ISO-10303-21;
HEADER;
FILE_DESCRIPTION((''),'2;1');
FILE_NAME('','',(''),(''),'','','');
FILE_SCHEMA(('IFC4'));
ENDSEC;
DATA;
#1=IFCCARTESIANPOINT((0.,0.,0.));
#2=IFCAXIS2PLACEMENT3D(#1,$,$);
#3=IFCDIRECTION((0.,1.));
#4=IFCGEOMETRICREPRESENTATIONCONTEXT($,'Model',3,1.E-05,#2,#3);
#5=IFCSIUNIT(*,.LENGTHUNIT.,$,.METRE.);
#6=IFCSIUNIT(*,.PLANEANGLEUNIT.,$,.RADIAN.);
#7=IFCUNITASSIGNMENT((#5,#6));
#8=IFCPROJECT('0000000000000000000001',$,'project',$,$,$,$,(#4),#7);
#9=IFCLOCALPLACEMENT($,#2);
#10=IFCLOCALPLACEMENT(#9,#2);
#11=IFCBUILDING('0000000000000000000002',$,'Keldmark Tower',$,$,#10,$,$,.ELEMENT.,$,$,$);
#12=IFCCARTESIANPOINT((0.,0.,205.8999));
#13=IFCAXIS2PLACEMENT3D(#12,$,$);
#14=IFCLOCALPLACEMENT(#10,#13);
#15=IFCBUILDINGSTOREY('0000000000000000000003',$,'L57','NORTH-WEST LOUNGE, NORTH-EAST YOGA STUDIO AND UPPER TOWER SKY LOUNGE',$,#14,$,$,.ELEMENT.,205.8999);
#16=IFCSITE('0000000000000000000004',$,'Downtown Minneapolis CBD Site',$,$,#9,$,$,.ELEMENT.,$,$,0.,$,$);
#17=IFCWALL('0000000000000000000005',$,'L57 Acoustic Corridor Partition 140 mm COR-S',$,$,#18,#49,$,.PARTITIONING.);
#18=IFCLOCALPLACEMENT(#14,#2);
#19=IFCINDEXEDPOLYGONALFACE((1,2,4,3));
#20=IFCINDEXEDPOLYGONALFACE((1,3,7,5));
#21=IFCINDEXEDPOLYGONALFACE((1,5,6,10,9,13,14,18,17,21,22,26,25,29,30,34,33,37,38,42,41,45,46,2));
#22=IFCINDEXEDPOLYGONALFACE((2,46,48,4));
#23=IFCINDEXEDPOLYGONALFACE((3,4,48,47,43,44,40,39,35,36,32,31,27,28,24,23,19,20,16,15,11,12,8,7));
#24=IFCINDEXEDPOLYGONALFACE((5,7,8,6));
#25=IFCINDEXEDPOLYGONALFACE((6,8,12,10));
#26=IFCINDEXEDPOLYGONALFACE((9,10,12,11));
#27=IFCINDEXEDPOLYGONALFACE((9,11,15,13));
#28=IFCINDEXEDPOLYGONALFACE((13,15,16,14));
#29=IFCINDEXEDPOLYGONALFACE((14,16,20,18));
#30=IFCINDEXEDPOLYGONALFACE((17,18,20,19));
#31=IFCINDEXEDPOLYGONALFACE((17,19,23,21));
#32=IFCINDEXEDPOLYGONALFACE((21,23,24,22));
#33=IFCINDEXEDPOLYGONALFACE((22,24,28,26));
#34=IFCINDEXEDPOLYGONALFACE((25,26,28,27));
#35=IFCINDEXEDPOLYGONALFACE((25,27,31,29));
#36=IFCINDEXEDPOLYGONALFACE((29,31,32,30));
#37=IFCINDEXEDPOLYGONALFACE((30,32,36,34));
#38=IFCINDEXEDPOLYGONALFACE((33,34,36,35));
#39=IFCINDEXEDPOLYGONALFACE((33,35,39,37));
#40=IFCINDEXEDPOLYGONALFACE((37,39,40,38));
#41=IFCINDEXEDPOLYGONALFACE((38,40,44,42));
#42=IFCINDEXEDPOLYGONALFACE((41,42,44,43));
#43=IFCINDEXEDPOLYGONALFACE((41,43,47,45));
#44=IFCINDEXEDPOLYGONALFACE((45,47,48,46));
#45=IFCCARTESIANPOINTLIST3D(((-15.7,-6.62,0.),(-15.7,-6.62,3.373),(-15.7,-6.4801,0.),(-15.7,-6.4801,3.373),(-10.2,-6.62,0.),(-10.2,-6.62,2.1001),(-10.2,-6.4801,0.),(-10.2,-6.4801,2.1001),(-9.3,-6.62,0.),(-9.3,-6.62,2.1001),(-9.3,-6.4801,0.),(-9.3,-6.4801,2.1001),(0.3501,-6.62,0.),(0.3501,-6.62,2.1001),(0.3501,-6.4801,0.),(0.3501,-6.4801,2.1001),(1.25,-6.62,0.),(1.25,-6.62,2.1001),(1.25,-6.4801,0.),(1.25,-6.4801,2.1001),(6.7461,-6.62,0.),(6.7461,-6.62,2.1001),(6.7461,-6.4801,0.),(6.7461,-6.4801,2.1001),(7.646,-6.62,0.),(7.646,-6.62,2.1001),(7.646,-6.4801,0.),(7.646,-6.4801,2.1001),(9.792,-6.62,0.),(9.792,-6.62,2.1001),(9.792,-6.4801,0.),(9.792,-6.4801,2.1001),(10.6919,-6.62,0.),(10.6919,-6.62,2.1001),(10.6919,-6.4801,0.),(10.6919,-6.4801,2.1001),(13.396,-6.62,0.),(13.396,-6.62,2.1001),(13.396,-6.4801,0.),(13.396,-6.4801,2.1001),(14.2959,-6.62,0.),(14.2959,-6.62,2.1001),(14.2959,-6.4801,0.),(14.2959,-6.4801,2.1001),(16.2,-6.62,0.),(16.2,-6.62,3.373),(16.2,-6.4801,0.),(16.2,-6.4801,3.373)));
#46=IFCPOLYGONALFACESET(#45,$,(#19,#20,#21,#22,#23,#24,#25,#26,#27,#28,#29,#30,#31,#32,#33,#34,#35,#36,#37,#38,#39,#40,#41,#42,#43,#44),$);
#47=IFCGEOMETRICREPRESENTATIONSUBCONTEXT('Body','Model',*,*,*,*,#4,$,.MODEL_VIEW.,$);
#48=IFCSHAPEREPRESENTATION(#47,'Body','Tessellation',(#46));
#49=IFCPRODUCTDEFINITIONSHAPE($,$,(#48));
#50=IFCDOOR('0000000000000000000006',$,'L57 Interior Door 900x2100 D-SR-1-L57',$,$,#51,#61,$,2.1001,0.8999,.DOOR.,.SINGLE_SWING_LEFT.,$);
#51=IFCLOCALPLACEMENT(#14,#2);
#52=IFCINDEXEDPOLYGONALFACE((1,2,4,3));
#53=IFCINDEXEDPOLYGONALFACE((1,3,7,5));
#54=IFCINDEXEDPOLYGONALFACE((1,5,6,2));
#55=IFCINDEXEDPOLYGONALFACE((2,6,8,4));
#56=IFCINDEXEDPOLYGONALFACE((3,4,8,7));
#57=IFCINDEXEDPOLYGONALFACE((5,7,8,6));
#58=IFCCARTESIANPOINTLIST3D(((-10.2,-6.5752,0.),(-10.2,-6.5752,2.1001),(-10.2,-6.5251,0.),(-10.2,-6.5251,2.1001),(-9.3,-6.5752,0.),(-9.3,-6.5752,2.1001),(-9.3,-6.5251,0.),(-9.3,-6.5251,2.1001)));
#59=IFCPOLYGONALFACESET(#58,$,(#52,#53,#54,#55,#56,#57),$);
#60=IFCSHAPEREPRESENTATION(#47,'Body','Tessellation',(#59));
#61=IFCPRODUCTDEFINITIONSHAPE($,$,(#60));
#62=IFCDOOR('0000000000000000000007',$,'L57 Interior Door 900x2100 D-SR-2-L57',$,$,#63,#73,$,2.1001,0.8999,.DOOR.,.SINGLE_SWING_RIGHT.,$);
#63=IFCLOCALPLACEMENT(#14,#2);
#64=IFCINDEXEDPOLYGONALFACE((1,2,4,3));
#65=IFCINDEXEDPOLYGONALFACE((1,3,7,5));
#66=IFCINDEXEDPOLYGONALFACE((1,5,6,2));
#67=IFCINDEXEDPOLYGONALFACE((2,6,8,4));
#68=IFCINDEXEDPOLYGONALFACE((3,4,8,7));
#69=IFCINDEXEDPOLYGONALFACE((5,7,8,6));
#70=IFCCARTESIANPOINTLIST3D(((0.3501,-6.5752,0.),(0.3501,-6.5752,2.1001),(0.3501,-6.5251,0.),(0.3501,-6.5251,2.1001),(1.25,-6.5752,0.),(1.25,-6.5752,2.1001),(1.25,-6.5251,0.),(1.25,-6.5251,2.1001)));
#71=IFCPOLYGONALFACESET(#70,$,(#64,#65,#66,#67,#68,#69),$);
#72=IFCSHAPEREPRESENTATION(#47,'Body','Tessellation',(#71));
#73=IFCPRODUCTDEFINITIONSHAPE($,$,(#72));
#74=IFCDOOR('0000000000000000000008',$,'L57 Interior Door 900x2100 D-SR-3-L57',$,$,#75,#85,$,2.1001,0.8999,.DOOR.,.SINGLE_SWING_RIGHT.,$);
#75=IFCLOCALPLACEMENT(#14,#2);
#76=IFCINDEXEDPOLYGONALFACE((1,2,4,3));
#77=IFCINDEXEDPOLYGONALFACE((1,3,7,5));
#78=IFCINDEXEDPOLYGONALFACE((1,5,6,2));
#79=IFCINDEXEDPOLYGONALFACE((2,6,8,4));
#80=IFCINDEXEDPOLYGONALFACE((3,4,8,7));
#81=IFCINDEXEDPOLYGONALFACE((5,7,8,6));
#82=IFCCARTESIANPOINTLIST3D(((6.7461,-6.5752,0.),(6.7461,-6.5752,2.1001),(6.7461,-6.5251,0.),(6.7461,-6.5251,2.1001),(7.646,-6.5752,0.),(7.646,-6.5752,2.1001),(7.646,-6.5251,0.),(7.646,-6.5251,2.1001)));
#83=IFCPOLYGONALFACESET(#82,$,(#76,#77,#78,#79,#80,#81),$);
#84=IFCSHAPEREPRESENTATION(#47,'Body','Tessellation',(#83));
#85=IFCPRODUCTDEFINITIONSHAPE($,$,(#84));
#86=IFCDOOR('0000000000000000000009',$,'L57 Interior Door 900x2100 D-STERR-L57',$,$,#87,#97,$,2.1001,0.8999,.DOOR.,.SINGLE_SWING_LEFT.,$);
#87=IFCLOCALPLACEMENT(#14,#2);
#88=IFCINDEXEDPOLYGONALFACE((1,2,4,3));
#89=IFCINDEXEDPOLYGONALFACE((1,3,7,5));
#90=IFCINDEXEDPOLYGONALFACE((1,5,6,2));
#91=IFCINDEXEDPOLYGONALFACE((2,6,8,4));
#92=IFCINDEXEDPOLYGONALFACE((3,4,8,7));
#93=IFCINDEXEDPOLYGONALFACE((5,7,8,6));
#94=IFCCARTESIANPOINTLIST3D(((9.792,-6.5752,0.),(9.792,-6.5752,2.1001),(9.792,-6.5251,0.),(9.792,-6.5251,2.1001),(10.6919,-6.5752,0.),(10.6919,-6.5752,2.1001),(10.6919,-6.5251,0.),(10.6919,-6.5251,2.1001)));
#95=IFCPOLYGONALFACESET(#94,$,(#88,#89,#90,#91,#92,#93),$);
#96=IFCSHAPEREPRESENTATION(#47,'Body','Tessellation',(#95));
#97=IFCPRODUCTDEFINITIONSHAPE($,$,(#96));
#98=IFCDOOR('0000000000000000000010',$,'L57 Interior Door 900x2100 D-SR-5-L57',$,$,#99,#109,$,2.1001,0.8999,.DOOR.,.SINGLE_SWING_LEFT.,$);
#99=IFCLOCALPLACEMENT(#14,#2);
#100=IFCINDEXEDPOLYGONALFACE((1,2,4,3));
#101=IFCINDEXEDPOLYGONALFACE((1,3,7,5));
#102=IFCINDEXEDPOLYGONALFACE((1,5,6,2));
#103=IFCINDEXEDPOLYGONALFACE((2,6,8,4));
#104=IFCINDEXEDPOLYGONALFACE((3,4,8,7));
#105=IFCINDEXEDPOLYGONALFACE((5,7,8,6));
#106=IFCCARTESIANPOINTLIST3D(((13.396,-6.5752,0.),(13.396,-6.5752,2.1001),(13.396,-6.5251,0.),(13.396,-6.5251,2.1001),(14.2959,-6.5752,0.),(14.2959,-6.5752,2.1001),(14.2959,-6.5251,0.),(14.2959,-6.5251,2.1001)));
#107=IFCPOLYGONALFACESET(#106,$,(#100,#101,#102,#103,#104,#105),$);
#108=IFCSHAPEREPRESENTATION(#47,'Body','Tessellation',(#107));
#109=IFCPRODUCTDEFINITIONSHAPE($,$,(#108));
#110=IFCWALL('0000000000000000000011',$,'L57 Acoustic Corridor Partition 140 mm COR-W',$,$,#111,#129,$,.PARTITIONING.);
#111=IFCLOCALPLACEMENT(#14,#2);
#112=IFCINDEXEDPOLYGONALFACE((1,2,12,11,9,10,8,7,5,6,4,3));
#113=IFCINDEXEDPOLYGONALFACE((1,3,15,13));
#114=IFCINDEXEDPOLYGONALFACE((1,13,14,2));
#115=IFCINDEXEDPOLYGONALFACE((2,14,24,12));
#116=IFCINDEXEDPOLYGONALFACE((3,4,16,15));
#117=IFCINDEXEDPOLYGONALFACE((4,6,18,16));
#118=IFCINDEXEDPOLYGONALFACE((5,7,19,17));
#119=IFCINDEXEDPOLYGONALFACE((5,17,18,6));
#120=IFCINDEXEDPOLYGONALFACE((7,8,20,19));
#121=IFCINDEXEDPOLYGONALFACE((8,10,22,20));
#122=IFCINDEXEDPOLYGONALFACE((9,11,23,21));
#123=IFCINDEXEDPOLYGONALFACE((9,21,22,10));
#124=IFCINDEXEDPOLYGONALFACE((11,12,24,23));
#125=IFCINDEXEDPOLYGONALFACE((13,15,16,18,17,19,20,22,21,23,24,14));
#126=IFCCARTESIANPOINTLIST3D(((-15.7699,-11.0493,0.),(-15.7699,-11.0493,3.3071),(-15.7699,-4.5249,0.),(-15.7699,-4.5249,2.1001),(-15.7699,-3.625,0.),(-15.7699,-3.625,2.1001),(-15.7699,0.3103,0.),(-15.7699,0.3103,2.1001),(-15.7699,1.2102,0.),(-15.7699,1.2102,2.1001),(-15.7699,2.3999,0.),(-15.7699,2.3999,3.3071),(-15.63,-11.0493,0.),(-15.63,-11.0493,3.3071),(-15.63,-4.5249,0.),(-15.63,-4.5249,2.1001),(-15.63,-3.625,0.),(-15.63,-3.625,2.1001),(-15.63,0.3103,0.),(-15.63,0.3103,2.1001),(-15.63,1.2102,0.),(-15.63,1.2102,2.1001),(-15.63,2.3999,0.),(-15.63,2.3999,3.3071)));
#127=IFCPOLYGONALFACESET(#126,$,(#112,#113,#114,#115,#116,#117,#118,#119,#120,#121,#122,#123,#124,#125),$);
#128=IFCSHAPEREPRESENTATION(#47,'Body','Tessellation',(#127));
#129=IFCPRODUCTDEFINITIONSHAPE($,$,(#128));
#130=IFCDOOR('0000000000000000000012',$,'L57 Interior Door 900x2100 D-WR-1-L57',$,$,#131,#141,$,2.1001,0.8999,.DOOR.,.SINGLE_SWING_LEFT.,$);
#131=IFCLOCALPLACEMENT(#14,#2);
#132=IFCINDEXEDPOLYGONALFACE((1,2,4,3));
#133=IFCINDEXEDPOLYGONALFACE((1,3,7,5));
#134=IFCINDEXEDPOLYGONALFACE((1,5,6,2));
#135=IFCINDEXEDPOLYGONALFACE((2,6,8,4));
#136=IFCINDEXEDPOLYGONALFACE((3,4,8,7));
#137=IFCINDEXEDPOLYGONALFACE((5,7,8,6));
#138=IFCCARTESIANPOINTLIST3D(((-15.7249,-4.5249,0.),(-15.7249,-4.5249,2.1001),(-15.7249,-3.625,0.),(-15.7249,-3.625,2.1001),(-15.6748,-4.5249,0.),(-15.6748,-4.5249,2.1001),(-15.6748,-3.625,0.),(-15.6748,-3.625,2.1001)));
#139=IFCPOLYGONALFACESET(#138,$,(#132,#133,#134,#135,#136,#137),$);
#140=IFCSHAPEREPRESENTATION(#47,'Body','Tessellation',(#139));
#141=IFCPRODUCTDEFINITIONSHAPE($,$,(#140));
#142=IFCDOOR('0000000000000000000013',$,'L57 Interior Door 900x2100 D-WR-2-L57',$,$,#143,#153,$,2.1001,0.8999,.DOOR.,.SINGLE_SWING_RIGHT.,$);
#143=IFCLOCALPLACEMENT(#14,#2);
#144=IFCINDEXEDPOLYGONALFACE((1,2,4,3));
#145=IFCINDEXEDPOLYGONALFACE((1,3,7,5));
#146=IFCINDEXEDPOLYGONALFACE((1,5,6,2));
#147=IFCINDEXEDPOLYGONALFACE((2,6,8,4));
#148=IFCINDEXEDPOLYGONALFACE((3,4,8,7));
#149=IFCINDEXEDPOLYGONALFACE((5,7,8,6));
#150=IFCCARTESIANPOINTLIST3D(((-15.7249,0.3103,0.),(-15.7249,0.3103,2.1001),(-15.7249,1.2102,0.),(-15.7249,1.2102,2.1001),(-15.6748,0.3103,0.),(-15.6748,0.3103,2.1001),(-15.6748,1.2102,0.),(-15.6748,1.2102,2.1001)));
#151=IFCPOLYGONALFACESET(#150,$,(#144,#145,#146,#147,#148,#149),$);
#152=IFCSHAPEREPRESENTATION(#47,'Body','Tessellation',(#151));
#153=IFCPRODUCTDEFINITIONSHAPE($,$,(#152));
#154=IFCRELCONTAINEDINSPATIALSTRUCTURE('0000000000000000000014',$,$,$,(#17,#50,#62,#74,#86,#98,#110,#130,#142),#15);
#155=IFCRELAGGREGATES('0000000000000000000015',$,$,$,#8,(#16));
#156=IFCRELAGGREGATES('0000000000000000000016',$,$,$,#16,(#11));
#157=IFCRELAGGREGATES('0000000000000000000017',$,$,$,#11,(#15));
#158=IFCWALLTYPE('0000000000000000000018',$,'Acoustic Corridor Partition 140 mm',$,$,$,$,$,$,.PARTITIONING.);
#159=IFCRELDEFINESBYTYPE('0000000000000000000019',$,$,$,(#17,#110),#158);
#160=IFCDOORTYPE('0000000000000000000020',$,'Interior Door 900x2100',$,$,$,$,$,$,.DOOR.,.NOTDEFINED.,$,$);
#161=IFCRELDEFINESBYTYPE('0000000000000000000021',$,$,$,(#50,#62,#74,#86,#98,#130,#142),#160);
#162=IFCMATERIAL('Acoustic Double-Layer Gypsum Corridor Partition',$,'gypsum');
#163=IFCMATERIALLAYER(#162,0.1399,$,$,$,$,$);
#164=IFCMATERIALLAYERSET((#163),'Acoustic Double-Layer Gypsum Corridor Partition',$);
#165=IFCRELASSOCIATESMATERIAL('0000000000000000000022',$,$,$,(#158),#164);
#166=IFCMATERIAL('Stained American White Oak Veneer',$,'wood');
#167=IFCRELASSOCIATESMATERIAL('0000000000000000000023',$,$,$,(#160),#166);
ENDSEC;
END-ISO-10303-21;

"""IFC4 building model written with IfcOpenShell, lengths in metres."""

from ifc_helpers import new_model, si_unit, direction, frame, frame_2d, origin, place, context, subcontext, project, spatial, rectangle, extrude, material, layer, layer_set, type_object, element, fill, save


model = new_model("IFC4")

# Units and contexts
model_context = context("Model", 3, precision=1e-05, world=origin(), true_north=direction((0.0, 1.0)))
body_context = subcontext(model_context, "Body", "Model", "MODEL_VIEW")
ifc_project = project(units=[si_unit("LENGTHUNIT", "METRE"), si_unit("PLANEANGLEUNIT", "RADIAN")], contexts=[model_context])

# Site, building, storey
site_placement = place(None, origin())
site = spatial("IfcSite", under=ifc_project, at=site_placement, Name="Downtown Minneapolis CBD Site", CompositionType="ELEMENT", RefElevation=0.0)
building_placement = place(site_placement, origin())
building = spatial("IfcBuilding", under=site, at=building_placement, Name="Keldmark Tower", CompositionType="ELEMENT")
storey_placement = place(building_placement, frame((0.0, 0.0, 205.8999)))
storey = spatial("IfcBuildingStorey", under=building, at=storey_placement, Name="L57", Description="NORTH-WEST LOUNGE, NORTH-EAST YOGA STUDIO AND UPPER TOWER SKY LOUNGE", CompositionType="ELEMENT", Elevation=205.8999)

# Walls, openings, doors
ifc_material_1 = material(Name="Acoustic Double-Layer Gypsum Corridor Partition", Category="gypsum")
ifc_layer_1 = layer(ifc_material_1, 0.1399)
ifc_layer_set_1 = layer_set([ifc_layer_1], Name="Acoustic Double-Layer Gypsum Corridor Partition")
wall_type_1 = type_object("IfcWallType", Name="Acoustic Corridor Partition 140 mm", PredefinedType="PARTITIONING", material=ifc_layer_set_1)
wall_1_placement = place(storey_placement, frame((-15.7, -6.55, 0.0), z_axis=(0.0, 0.0, 1.0), x_axis=(1.0, 0.0, 0.0)))
wall_1 = element("IfcWall", 1, at=wall_1_placement, inside=storey, type_object=wall_type_1, Name="L57 Acoustic Corridor Partition 140 mm COR-S", PredefinedType="PARTITIONING", context=body_context, shape_type="SweptSolid", body=[
    extrude(rectangle(XDim=31.8999, YDim=0.1399, at=frame_2d((15.95, 0.0))), origin(), (0.0, 0.0, 1.0), 3.373),
])
opening_1_placement = place(wall_1_placement, frame((5.5, 0.0, 0.0)))
opening_1 = element("IfcOpeningElement", 2, at=opening_1_placement, cuts=wall_1, PredefinedType="OPENING", context=body_context, shape_type="SweptSolid", body=[
    extrude(rectangle(XDim=0.8999, YDim=2.1001, at=frame_2d((0.45, 1.05))), frame((0.0, 0.0798, 0.0), z_axis=(0.0, -1.0, 0.0), x_axis=(1.0, 0.0, 0.0)), (0.0, 0.0, 1.0), 0.1599),
])
opening_2_placement = place(wall_1_placement, frame((16.05, 0.0, 0.0)))
opening_2 = element("IfcOpeningElement", 3, at=opening_2_placement, cuts=wall_1, PredefinedType="OPENING", context=body_context, shape_type="SweptSolid", body=[
    extrude(rectangle(XDim=0.8999, YDim=2.1001, at=frame_2d((0.45, 1.05))), frame((0.0, 0.0798, 0.0), z_axis=(0.0, -1.0, 0.0), x_axis=(1.0, 0.0, 0.0)), (0.0, 0.0, 1.0), 0.1599),
])
opening_3_placement = place(wall_1_placement, frame((22.446, 0.0, 0.0)))
opening_3 = element("IfcOpeningElement", 4, at=opening_3_placement, cuts=wall_1, PredefinedType="OPENING", context=body_context, shape_type="SweptSolid", body=[
    extrude(rectangle(XDim=0.8999, YDim=2.1001, at=frame_2d((0.45, 1.05))), frame((0.0, 0.0798, 0.0), z_axis=(0.0, -1.0, 0.0), x_axis=(1.0, 0.0, 0.0)), (0.0, 0.0, 1.0), 0.1599),
])
opening_4_placement = place(wall_1_placement, frame((25.4919, 0.0, 0.0)))
opening_4 = element("IfcOpeningElement", 5, at=opening_4_placement, cuts=wall_1, PredefinedType="OPENING", context=body_context, shape_type="SweptSolid", body=[
    extrude(rectangle(XDim=0.8999, YDim=2.1001, at=frame_2d((0.45, 1.05))), frame((0.0, 0.0798, 0.0), z_axis=(0.0, -1.0, 0.0), x_axis=(1.0, 0.0, 0.0)), (0.0, 0.0, 1.0), 0.1599),
])
opening_5_placement = place(wall_1_placement, frame((29.0959, 0.0, 0.0)))
opening_5 = element("IfcOpeningElement", 6, at=opening_5_placement, cuts=wall_1, PredefinedType="OPENING", context=body_context, shape_type="SweptSolid", body=[
    extrude(rectangle(XDim=0.8999, YDim=2.1001, at=frame_2d((0.45, 1.05))), frame((0.0, 0.0798, 0.0), z_axis=(0.0, -1.0, 0.0), x_axis=(1.0, 0.0, 0.0)), (0.0, 0.0, 1.0), 0.1599),
])
ifc_material_2 = material(Name="Stained American White Oak Veneer", Category="wood")
door_type = type_object("IfcDoorType", Name="Interior Door 900x2100", OperationType="NOTDEFINED", PredefinedType="DOOR", material=ifc_material_2)
door_1_placement = place(opening_1_placement, origin())
door_1 = element("IfcDoor", 7, at=door_1_placement, inside=storey, type_object=door_type, Name="L57 Interior Door 900x2100 D-SR-1-L57", OperationType="SINGLE_SWING_LEFT", OverallHeight=2.1001, OverallWidth=0.8999, PredefinedType="DOOR", context=body_context, shape_type="SweptSolid", body=[
    extrude(rectangle(XDim=0.8999, YDim=2.1001, at=frame_2d((0.45, 1.05))), frame((0.0, 0.0249, 0.0), z_axis=(0.0, -1.0, 0.0), x_axis=(1.0, 0.0, 0.0)), (0.0, 0.0, 1.0), 0.05),
])
fill(opening_1, door_1)
door_2_placement = place(opening_2_placement, origin())
door_2 = element("IfcDoor", 8, at=door_2_placement, inside=storey, type_object=door_type, Name="L57 Interior Door 900x2100 D-SR-2-L57", OperationType="SINGLE_SWING_RIGHT", OverallHeight=2.1001, OverallWidth=0.8999, PredefinedType="DOOR", context=body_context, shape_type="SweptSolid", body=[
    extrude(rectangle(XDim=0.8999, YDim=2.1001, at=frame_2d((0.45, 1.05))), frame((0.0, 0.0249, 0.0), z_axis=(0.0, -1.0, 0.0), x_axis=(1.0, 0.0, 0.0)), (0.0, 0.0, 1.0), 0.05),
])
fill(opening_2, door_2)
door_3_placement = place(opening_3_placement, origin())
door_3 = element("IfcDoor", 9, at=door_3_placement, inside=storey, type_object=door_type, Name="L57 Interior Door 900x2100 D-SR-3-L57", OperationType="SINGLE_SWING_RIGHT", OverallHeight=2.1001, OverallWidth=0.8999, PredefinedType="DOOR", context=body_context, shape_type="SweptSolid", body=[
    extrude(rectangle(XDim=0.8999, YDim=2.1001, at=frame_2d((0.45, 1.05))), frame((0.0, 0.0249, 0.0), z_axis=(0.0, -1.0, 0.0), x_axis=(1.0, 0.0, 0.0)), (0.0, 0.0, 1.0), 0.05),
])
fill(opening_3, door_3)
door_4_placement = place(opening_4_placement, origin())
door_4 = element("IfcDoor", 10, at=door_4_placement, inside=storey, type_object=door_type, Name="L57 Interior Door 900x2100 D-STERR-L57", OperationType="SINGLE_SWING_LEFT", OverallHeight=2.1001, OverallWidth=0.8999, PredefinedType="DOOR", context=body_context, shape_type="SweptSolid", body=[
    extrude(rectangle(XDim=0.8999, YDim=2.1001, at=frame_2d((0.45, 1.05))), frame((0.0, 0.0249, 0.0), z_axis=(0.0, -1.0, 0.0), x_axis=(1.0, 0.0, 0.0)), (0.0, 0.0, 1.0), 0.05),
])
fill(opening_4, door_4)
door_5_placement = place(opening_5_placement, origin())
door_5 = element("IfcDoor", 11, at=door_5_placement, inside=storey, type_object=door_type, Name="L57 Interior Door 900x2100 D-SR-5-L57", OperationType="SINGLE_SWING_LEFT", OverallHeight=2.1001, OverallWidth=0.8999, PredefinedType="DOOR", context=body_context, shape_type="SweptSolid", body=[
    extrude(rectangle(XDim=0.8999, YDim=2.1001, at=frame_2d((0.45, 1.05))), frame((0.0, 0.0249, 0.0), z_axis=(0.0, -1.0, 0.0), x_axis=(1.0, 0.0, 0.0)), (0.0, 0.0, 1.0), 0.05),
])
fill(opening_5, door_5)
wall_2_placement = place(storey_placement, frame((-15.7, -11.0493, 0.0), z_axis=(0.0, 0.0, 1.0), x_axis=(0.0, 1.0, 0.0)))
wall_2 = element("IfcWall", 12, at=wall_2_placement, inside=storey, type_object=wall_type_1, Name="L57 Acoustic Corridor Partition 140 mm COR-W", PredefinedType="PARTITIONING", context=body_context, shape_type="SweptSolid", body=[
    extrude(rectangle(XDim=13.4492, YDim=0.1399, at=frame_2d((6.7246, 0.0))), origin(), (0.0, 0.0, 1.0), 3.3071),
])
opening_6_placement = place(wall_2_placement, frame((6.5244, 0.0, 0.0)))
opening_6 = element("IfcOpeningElement", 13, at=opening_6_placement, cuts=wall_2, PredefinedType="OPENING", context=body_context, shape_type="SweptSolid", body=[
    extrude(rectangle(XDim=0.8999, YDim=2.1001, at=frame_2d((0.45, 1.05))), frame((0.0, 0.0798, 0.0), z_axis=(0.0, -1.0, 0.0), x_axis=(1.0, 0.0, 0.0)), (0.0, 0.0, 1.0), 0.1599),
])
opening_7_placement = place(wall_2_placement, frame((11.3596, 0.0, 0.0)))
opening_7 = element("IfcOpeningElement", 14, at=opening_7_placement, cuts=wall_2, PredefinedType="OPENING", context=body_context, shape_type="SweptSolid", body=[
    extrude(rectangle(XDim=0.8999, YDim=2.1001, at=frame_2d((0.45, 1.05))), frame((0.0, 0.0798, 0.0), z_axis=(0.0, -1.0, 0.0), x_axis=(1.0, 0.0, 0.0)), (0.0, 0.0, 1.0), 0.1599),
])
door_6_placement = place(opening_6_placement, origin())
door_6 = element("IfcDoor", 15, at=door_6_placement, inside=storey, type_object=door_type, Name="L57 Interior Door 900x2100 D-WR-1-L57", OperationType="SINGLE_SWING_LEFT", OverallHeight=2.1001, OverallWidth=0.8999, PredefinedType="DOOR", context=body_context, shape_type="SweptSolid", body=[
    extrude(rectangle(XDim=0.8999, YDim=2.1001, at=frame_2d((0.45, 1.05))), frame((0.0, 0.0249, 0.0), z_axis=(0.0, -1.0, 0.0), x_axis=(1.0, 0.0, 0.0)), (0.0, 0.0, 1.0), 0.05),
])
fill(opening_6, door_6)
door_7_placement = place(opening_7_placement, origin())
door_7 = element("IfcDoor", 16, at=door_7_placement, inside=storey, type_object=door_type, Name="L57 Interior Door 900x2100 D-WR-2-L57", OperationType="SINGLE_SWING_RIGHT", OverallHeight=2.1001, OverallWidth=0.8999, PredefinedType="DOOR", context=body_context, shape_type="SweptSolid", body=[
    extrude(rectangle(XDim=0.8999, YDim=2.1001, at=frame_2d((0.45, 1.05))), frame((0.0, 0.0249, 0.0), z_axis=(0.0, -1.0, 0.0), x_axis=(1.0, 0.0, 0.0)), (0.0, 0.0, 1.0), 0.05),
])
fill(opening_7, door_7)

save(model, "model.ifc")
